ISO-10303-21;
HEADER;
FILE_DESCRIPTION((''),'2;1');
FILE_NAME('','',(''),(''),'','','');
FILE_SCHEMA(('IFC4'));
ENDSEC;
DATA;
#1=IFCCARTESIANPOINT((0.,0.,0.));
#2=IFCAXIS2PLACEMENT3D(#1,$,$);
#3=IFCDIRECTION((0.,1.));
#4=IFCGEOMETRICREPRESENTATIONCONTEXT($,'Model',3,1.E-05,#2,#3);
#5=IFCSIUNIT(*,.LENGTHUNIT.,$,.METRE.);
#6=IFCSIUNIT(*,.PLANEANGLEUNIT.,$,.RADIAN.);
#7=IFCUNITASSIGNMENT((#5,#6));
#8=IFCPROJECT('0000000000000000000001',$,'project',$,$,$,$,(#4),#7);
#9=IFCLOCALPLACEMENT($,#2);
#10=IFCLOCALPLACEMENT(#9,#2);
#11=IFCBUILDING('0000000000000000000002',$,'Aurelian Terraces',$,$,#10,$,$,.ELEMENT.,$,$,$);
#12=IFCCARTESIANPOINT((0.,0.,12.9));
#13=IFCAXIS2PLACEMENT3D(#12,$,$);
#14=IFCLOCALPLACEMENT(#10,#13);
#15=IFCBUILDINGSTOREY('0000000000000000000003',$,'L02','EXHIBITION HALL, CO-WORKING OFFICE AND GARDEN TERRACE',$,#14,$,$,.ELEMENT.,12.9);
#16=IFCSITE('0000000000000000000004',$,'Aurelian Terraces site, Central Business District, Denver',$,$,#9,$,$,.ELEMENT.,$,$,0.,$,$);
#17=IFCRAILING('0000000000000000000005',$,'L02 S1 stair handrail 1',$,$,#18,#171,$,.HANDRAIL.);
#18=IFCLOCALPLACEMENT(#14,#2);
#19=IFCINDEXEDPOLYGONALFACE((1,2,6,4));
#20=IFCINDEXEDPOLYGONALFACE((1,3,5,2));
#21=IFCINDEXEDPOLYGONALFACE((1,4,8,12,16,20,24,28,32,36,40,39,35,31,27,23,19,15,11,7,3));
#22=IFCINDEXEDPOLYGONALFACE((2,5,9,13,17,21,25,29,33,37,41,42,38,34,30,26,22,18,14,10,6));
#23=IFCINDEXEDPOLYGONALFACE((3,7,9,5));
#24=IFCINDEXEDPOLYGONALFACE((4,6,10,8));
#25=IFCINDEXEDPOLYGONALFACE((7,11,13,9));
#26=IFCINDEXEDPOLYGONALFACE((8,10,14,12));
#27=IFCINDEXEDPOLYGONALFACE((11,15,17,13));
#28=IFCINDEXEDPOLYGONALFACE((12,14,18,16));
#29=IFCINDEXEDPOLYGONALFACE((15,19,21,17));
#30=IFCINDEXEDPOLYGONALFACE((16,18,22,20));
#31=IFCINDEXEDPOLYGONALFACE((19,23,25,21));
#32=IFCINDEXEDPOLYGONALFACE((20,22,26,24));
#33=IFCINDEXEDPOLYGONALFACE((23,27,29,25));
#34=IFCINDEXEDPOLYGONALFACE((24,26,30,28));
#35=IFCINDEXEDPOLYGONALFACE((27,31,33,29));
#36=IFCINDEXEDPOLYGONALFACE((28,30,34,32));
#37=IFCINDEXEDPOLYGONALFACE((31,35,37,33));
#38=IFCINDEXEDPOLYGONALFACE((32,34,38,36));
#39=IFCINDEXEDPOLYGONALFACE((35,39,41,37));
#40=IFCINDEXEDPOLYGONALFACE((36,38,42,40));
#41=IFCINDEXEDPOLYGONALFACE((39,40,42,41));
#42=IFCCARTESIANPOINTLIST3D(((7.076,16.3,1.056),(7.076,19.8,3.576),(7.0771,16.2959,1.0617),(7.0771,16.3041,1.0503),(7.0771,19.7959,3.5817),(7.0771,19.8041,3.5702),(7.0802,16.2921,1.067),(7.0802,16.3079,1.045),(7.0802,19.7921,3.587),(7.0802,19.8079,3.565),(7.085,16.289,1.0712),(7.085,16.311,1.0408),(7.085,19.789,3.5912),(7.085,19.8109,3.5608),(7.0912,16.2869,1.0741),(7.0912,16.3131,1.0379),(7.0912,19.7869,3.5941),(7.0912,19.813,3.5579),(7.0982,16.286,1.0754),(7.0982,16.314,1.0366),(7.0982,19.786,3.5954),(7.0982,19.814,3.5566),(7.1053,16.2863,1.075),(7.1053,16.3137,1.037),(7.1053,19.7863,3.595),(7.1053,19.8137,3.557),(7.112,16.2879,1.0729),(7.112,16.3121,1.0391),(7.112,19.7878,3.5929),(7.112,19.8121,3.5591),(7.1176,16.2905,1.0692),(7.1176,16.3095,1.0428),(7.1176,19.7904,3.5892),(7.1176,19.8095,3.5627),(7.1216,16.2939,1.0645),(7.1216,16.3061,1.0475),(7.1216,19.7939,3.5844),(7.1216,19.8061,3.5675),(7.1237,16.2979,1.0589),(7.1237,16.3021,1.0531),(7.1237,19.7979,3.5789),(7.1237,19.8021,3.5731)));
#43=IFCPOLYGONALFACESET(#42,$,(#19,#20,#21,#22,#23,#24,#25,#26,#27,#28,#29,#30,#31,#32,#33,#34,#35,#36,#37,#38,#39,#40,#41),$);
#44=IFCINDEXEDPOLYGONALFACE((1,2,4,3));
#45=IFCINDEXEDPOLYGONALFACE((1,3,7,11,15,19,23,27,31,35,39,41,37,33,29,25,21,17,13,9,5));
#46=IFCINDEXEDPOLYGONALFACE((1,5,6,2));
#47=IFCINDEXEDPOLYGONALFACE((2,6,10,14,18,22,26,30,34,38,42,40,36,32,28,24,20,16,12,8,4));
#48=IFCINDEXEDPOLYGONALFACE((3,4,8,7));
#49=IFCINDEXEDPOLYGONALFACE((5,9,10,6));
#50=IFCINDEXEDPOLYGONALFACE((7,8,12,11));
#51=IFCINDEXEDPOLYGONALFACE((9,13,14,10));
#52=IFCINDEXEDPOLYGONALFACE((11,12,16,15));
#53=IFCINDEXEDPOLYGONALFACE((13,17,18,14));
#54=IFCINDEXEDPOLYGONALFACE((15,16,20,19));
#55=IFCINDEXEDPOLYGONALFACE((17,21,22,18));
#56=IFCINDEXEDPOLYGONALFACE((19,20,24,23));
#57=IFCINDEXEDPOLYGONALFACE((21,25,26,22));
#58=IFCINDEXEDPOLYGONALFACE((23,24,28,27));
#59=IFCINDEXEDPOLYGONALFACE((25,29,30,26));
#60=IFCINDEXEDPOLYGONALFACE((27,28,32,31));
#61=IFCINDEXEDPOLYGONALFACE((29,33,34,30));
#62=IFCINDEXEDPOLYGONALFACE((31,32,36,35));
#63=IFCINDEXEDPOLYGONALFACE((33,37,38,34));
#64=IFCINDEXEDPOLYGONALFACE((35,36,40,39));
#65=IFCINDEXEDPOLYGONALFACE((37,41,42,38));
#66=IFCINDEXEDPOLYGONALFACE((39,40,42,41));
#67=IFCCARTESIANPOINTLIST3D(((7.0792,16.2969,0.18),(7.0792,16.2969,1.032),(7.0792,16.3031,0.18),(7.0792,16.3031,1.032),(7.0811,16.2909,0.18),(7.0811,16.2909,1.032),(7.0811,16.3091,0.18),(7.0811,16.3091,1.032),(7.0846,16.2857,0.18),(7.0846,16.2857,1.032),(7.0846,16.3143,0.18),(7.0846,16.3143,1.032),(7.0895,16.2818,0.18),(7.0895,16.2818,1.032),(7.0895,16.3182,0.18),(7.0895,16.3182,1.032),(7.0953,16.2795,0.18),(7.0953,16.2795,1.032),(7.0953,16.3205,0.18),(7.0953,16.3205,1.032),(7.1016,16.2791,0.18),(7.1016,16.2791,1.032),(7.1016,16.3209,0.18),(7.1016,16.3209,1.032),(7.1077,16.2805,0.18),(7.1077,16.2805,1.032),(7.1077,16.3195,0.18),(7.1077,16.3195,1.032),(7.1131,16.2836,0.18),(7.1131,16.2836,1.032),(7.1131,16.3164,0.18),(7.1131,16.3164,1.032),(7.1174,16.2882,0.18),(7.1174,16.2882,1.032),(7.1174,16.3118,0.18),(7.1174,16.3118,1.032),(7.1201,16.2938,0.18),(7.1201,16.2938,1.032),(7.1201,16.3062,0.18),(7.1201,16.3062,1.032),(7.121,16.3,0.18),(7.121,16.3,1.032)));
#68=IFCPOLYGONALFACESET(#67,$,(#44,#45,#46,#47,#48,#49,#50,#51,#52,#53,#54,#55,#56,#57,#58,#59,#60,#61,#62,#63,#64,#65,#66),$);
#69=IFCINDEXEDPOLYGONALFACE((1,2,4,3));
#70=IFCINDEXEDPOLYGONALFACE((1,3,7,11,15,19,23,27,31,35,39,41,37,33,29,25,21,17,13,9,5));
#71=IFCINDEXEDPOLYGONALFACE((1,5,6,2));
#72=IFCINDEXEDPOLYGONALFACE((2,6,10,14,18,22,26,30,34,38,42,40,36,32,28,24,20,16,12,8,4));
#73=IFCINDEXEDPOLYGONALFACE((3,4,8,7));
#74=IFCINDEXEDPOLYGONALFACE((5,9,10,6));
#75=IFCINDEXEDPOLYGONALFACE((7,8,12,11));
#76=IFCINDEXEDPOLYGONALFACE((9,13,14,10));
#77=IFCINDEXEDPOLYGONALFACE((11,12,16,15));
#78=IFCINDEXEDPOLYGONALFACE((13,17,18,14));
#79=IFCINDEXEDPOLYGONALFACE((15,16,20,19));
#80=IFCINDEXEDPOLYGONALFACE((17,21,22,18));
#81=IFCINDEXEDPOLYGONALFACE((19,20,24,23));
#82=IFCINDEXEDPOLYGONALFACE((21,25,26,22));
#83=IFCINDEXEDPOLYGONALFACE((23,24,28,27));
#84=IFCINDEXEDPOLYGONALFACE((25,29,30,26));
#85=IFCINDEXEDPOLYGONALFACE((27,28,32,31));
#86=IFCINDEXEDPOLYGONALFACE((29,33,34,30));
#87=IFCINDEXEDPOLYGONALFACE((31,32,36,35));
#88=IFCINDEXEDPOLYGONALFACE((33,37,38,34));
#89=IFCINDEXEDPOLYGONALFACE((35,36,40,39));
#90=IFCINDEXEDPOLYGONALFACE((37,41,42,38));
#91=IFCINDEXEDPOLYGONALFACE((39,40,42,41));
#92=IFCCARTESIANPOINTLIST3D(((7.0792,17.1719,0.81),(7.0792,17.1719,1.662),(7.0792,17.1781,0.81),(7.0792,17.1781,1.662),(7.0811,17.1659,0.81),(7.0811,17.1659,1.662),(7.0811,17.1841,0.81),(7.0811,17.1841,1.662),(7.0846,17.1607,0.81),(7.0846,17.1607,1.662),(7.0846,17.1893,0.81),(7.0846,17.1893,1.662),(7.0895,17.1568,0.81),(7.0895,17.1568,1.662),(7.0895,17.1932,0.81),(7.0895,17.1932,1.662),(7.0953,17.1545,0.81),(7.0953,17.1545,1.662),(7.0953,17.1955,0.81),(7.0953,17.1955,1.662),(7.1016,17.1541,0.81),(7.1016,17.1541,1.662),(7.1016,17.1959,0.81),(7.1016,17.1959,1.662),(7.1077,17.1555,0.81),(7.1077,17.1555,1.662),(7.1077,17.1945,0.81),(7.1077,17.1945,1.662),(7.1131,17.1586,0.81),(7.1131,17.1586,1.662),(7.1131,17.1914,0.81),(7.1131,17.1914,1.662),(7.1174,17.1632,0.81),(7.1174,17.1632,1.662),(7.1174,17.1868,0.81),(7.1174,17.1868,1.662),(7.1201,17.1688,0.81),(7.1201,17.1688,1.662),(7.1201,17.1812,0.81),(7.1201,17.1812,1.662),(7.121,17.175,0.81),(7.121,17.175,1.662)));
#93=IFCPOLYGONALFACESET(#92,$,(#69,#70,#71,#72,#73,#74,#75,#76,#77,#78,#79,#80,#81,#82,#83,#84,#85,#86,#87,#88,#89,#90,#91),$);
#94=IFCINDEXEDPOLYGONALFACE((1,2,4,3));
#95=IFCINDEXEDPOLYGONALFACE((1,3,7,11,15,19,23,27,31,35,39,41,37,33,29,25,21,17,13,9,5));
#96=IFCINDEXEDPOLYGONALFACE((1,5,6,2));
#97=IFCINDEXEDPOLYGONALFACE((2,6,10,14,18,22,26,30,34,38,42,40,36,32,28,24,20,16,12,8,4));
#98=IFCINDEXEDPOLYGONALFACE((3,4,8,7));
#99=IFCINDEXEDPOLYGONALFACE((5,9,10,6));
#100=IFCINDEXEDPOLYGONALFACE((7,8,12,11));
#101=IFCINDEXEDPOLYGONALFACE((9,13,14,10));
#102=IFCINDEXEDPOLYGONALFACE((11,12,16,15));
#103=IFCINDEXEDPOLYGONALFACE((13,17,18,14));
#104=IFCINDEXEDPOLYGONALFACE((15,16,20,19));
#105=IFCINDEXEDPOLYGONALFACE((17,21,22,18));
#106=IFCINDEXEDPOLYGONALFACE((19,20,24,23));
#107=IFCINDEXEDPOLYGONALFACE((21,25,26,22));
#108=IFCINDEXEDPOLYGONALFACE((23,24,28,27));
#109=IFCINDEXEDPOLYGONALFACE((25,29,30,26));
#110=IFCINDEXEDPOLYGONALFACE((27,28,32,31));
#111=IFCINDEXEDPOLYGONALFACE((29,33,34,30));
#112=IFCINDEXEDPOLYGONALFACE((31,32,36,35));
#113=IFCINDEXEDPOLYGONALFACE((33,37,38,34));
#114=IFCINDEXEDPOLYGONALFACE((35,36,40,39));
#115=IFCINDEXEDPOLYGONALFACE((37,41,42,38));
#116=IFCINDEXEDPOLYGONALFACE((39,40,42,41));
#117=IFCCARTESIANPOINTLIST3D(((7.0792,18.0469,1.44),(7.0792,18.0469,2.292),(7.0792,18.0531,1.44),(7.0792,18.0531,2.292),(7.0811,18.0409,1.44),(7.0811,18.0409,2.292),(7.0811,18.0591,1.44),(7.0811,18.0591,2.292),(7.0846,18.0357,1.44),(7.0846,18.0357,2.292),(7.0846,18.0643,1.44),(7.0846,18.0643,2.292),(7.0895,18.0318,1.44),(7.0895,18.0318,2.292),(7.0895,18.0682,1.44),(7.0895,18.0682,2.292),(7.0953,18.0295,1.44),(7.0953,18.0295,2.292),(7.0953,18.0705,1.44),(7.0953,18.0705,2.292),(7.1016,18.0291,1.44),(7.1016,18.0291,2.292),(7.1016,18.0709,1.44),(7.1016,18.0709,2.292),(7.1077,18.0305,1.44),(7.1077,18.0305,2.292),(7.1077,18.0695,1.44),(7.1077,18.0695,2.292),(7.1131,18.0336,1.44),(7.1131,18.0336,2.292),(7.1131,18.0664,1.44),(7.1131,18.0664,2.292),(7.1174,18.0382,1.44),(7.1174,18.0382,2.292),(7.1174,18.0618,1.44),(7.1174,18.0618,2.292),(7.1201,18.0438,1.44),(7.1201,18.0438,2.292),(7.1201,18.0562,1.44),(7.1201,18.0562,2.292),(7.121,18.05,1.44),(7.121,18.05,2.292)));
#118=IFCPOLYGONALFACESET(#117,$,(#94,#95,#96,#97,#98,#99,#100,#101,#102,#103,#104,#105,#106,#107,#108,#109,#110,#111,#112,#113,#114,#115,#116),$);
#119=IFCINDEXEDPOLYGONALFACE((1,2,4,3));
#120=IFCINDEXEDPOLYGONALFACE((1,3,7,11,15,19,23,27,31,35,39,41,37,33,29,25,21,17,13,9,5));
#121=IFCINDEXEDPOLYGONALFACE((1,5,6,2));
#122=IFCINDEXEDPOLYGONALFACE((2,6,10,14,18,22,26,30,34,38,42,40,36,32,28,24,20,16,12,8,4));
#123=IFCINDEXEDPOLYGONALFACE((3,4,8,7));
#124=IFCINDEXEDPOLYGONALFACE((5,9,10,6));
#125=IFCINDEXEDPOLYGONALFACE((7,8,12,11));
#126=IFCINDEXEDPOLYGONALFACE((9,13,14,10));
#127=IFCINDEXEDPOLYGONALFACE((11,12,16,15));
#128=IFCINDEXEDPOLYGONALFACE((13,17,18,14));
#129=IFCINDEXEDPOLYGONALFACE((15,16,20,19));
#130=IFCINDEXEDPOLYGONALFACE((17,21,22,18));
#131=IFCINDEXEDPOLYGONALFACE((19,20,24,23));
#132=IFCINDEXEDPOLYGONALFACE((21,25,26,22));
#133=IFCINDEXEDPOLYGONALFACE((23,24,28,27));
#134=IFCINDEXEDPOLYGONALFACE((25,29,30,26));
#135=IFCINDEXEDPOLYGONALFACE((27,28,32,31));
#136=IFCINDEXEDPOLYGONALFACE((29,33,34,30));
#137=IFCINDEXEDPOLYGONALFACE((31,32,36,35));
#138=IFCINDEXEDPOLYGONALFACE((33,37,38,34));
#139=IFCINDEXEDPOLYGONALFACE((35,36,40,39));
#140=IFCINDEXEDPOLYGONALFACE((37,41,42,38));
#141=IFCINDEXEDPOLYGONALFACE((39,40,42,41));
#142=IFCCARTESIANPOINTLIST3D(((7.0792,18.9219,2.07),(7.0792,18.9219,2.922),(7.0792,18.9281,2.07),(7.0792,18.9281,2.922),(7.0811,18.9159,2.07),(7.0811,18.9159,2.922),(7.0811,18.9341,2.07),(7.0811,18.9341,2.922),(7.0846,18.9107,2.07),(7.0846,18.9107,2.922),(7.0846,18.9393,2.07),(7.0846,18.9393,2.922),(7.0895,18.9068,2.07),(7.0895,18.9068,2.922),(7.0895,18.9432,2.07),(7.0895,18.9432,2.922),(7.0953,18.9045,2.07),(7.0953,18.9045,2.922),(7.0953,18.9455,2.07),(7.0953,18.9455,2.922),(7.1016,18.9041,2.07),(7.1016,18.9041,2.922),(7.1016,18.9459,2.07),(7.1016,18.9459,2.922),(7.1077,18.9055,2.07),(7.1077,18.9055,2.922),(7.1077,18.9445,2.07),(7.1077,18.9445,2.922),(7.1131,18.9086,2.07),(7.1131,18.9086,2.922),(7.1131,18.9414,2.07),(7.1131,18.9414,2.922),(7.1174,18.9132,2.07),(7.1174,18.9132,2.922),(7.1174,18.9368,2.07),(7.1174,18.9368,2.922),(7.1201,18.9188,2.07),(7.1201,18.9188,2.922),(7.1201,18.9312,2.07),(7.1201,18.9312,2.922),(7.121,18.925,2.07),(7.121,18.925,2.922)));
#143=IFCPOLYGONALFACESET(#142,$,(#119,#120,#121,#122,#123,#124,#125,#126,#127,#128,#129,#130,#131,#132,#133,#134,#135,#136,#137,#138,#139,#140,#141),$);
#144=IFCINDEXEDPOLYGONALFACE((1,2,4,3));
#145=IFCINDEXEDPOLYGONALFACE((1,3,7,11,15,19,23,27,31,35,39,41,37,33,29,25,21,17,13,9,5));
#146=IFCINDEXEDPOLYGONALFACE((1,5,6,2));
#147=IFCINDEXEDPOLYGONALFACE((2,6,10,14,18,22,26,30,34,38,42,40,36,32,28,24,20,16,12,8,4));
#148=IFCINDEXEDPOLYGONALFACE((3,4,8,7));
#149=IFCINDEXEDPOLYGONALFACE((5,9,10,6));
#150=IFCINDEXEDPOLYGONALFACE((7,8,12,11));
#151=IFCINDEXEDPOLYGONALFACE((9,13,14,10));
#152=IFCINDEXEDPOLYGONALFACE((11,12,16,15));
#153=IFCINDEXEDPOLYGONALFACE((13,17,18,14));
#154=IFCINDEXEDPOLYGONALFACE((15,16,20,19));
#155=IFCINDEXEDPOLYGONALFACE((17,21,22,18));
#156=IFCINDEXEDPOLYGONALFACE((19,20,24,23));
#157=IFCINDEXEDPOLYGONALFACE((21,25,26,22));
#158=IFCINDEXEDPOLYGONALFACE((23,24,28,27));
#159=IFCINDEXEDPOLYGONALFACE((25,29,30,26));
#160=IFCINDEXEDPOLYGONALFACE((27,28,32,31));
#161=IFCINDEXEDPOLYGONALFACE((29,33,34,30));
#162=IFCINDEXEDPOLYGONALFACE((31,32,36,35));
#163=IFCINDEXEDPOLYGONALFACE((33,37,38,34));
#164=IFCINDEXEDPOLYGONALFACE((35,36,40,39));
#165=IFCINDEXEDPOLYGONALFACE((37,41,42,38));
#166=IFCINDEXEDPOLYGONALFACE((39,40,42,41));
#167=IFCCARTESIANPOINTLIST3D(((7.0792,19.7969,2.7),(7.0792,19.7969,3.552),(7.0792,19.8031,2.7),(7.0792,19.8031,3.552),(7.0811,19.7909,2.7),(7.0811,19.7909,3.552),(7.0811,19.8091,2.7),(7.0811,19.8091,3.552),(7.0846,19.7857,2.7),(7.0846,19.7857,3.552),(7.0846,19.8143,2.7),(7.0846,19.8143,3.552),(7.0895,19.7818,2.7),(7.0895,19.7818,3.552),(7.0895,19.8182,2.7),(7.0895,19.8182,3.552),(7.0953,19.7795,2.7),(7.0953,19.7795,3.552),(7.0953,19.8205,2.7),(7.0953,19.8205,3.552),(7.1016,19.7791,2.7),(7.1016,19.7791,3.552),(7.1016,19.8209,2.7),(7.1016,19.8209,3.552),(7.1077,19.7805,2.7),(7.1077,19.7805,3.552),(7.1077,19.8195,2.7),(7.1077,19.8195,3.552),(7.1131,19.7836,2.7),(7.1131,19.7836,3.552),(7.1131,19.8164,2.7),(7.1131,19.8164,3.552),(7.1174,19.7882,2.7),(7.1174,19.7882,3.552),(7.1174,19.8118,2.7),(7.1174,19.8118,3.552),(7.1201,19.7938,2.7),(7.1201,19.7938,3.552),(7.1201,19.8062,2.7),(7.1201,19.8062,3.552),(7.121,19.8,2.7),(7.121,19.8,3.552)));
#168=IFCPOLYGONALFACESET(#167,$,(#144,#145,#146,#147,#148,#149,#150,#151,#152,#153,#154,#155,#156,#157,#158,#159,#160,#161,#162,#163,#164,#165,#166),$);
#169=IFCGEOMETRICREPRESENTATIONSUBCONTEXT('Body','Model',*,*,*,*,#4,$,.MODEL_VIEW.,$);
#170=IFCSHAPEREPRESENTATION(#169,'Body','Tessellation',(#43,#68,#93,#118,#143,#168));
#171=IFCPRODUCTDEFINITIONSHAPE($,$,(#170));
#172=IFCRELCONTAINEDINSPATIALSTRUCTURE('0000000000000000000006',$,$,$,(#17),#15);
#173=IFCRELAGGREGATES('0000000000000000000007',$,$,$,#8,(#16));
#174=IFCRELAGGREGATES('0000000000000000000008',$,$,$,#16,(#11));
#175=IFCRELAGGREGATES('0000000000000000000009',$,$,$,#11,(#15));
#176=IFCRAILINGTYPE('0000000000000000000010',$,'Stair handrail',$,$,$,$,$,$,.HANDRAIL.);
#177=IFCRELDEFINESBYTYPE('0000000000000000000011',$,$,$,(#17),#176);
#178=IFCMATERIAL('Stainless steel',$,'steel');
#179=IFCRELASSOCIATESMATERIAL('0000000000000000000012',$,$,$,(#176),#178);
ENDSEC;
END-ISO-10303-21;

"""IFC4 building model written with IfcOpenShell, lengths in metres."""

from ifc_helpers import new_model, si_unit, direction, frame, origin, origin_2d, place, context, subcontext, project, spatial, circle, extrude, source, transform, mapped, material, type_object, element, save


model = new_model("IFC4")

# Units and contexts
model_context = context("Model", 3, precision=1e-05, world=origin(), true_north=direction((0.0, 1.0)))
body_context = subcontext(model_context, "Body", "Model", "MODEL_VIEW")
ifc_project = project(units=[si_unit("LENGTHUNIT", "METRE"), si_unit("PLANEANGLEUNIT", "RADIAN")], contexts=[model_context])

# Site, building, storey
site_placement = place(None, origin())
site = spatial("IfcSite", under=ifc_project, at=site_placement, Name="Aurelian Terraces site, Central Business District, Denver", CompositionType="ELEMENT", RefElevation=0.0)
building_placement = place(site_placement, origin())
building = spatial("IfcBuilding", under=site, at=building_placement, Name="Aurelian Terraces", CompositionType="ELEMENT")
storey_placement = place(building_placement, frame((0.0, 0.0, 12.9)))
storey = spatial("IfcBuildingStorey", under=building, at=storey_placement, Name="L02", Description="EXHIBITION HALL, CO-WORKING OFFICE AND GARDEN TERRACE", CompositionType="ELEMENT", Elevation=12.9)

# Railing
ifc_material_1 = material(Name="Stainless steel", Category="steel")
railing_type = type_object("IfcRailingType", Name="Stair handrail", PredefinedType="HANDRAIL", material=ifc_material_1)
shared_shape_1 = source(origin(), body_context, "Body", "SweptSolid", [
    extrude(circle(Radius=0.024, at=origin_2d()), frame((0.0, 0.0, 0.876), z_axis=(0.0, 0.811534, 0.584305), x_axis=(-1.0, 0.0, 0.0)), (0.0, 0.0, 1.0), 4.3128),
    extrude(circle(Radius=0.021, at=origin_2d()), origin(), (0.0, 0.0, 1.0), 0.852),
    extrude(circle(Radius=0.021, at=origin_2d()), frame((0.0, 0.875, 0.63)), (0.0, 0.0, 1.0), 0.852),
    extrude(circle(Radius=0.021, at=origin_2d()), frame((0.0, 1.75, 1.26)), (0.0, 0.0, 1.0), 0.852),
    extrude(circle(Radius=0.021, at=origin_2d()), frame((0.0, 2.625, 1.89)), (0.0, 0.0, 1.0), 0.852),
    extrude(circle(Radius=0.021, at=origin_2d()), frame((0.0, 3.5, 2.52)), (0.0, 0.0, 1.0), 0.852),
])
railing_placement = place(storey_placement, frame((7.1, 16.3, 0.18)))
element("IfcRailing", 1, at=railing_placement, inside=storey, type_object=railing_type, Name="L02 S1 stair handrail 1", PredefinedType="HANDRAIL", context=body_context, shape_type="MappedRepresentation", body=[
    mapped(shared_shape_1, transform((0.0, 0.0, 0.0), scale=1.0)),
])

save(model, "model.ifc")
